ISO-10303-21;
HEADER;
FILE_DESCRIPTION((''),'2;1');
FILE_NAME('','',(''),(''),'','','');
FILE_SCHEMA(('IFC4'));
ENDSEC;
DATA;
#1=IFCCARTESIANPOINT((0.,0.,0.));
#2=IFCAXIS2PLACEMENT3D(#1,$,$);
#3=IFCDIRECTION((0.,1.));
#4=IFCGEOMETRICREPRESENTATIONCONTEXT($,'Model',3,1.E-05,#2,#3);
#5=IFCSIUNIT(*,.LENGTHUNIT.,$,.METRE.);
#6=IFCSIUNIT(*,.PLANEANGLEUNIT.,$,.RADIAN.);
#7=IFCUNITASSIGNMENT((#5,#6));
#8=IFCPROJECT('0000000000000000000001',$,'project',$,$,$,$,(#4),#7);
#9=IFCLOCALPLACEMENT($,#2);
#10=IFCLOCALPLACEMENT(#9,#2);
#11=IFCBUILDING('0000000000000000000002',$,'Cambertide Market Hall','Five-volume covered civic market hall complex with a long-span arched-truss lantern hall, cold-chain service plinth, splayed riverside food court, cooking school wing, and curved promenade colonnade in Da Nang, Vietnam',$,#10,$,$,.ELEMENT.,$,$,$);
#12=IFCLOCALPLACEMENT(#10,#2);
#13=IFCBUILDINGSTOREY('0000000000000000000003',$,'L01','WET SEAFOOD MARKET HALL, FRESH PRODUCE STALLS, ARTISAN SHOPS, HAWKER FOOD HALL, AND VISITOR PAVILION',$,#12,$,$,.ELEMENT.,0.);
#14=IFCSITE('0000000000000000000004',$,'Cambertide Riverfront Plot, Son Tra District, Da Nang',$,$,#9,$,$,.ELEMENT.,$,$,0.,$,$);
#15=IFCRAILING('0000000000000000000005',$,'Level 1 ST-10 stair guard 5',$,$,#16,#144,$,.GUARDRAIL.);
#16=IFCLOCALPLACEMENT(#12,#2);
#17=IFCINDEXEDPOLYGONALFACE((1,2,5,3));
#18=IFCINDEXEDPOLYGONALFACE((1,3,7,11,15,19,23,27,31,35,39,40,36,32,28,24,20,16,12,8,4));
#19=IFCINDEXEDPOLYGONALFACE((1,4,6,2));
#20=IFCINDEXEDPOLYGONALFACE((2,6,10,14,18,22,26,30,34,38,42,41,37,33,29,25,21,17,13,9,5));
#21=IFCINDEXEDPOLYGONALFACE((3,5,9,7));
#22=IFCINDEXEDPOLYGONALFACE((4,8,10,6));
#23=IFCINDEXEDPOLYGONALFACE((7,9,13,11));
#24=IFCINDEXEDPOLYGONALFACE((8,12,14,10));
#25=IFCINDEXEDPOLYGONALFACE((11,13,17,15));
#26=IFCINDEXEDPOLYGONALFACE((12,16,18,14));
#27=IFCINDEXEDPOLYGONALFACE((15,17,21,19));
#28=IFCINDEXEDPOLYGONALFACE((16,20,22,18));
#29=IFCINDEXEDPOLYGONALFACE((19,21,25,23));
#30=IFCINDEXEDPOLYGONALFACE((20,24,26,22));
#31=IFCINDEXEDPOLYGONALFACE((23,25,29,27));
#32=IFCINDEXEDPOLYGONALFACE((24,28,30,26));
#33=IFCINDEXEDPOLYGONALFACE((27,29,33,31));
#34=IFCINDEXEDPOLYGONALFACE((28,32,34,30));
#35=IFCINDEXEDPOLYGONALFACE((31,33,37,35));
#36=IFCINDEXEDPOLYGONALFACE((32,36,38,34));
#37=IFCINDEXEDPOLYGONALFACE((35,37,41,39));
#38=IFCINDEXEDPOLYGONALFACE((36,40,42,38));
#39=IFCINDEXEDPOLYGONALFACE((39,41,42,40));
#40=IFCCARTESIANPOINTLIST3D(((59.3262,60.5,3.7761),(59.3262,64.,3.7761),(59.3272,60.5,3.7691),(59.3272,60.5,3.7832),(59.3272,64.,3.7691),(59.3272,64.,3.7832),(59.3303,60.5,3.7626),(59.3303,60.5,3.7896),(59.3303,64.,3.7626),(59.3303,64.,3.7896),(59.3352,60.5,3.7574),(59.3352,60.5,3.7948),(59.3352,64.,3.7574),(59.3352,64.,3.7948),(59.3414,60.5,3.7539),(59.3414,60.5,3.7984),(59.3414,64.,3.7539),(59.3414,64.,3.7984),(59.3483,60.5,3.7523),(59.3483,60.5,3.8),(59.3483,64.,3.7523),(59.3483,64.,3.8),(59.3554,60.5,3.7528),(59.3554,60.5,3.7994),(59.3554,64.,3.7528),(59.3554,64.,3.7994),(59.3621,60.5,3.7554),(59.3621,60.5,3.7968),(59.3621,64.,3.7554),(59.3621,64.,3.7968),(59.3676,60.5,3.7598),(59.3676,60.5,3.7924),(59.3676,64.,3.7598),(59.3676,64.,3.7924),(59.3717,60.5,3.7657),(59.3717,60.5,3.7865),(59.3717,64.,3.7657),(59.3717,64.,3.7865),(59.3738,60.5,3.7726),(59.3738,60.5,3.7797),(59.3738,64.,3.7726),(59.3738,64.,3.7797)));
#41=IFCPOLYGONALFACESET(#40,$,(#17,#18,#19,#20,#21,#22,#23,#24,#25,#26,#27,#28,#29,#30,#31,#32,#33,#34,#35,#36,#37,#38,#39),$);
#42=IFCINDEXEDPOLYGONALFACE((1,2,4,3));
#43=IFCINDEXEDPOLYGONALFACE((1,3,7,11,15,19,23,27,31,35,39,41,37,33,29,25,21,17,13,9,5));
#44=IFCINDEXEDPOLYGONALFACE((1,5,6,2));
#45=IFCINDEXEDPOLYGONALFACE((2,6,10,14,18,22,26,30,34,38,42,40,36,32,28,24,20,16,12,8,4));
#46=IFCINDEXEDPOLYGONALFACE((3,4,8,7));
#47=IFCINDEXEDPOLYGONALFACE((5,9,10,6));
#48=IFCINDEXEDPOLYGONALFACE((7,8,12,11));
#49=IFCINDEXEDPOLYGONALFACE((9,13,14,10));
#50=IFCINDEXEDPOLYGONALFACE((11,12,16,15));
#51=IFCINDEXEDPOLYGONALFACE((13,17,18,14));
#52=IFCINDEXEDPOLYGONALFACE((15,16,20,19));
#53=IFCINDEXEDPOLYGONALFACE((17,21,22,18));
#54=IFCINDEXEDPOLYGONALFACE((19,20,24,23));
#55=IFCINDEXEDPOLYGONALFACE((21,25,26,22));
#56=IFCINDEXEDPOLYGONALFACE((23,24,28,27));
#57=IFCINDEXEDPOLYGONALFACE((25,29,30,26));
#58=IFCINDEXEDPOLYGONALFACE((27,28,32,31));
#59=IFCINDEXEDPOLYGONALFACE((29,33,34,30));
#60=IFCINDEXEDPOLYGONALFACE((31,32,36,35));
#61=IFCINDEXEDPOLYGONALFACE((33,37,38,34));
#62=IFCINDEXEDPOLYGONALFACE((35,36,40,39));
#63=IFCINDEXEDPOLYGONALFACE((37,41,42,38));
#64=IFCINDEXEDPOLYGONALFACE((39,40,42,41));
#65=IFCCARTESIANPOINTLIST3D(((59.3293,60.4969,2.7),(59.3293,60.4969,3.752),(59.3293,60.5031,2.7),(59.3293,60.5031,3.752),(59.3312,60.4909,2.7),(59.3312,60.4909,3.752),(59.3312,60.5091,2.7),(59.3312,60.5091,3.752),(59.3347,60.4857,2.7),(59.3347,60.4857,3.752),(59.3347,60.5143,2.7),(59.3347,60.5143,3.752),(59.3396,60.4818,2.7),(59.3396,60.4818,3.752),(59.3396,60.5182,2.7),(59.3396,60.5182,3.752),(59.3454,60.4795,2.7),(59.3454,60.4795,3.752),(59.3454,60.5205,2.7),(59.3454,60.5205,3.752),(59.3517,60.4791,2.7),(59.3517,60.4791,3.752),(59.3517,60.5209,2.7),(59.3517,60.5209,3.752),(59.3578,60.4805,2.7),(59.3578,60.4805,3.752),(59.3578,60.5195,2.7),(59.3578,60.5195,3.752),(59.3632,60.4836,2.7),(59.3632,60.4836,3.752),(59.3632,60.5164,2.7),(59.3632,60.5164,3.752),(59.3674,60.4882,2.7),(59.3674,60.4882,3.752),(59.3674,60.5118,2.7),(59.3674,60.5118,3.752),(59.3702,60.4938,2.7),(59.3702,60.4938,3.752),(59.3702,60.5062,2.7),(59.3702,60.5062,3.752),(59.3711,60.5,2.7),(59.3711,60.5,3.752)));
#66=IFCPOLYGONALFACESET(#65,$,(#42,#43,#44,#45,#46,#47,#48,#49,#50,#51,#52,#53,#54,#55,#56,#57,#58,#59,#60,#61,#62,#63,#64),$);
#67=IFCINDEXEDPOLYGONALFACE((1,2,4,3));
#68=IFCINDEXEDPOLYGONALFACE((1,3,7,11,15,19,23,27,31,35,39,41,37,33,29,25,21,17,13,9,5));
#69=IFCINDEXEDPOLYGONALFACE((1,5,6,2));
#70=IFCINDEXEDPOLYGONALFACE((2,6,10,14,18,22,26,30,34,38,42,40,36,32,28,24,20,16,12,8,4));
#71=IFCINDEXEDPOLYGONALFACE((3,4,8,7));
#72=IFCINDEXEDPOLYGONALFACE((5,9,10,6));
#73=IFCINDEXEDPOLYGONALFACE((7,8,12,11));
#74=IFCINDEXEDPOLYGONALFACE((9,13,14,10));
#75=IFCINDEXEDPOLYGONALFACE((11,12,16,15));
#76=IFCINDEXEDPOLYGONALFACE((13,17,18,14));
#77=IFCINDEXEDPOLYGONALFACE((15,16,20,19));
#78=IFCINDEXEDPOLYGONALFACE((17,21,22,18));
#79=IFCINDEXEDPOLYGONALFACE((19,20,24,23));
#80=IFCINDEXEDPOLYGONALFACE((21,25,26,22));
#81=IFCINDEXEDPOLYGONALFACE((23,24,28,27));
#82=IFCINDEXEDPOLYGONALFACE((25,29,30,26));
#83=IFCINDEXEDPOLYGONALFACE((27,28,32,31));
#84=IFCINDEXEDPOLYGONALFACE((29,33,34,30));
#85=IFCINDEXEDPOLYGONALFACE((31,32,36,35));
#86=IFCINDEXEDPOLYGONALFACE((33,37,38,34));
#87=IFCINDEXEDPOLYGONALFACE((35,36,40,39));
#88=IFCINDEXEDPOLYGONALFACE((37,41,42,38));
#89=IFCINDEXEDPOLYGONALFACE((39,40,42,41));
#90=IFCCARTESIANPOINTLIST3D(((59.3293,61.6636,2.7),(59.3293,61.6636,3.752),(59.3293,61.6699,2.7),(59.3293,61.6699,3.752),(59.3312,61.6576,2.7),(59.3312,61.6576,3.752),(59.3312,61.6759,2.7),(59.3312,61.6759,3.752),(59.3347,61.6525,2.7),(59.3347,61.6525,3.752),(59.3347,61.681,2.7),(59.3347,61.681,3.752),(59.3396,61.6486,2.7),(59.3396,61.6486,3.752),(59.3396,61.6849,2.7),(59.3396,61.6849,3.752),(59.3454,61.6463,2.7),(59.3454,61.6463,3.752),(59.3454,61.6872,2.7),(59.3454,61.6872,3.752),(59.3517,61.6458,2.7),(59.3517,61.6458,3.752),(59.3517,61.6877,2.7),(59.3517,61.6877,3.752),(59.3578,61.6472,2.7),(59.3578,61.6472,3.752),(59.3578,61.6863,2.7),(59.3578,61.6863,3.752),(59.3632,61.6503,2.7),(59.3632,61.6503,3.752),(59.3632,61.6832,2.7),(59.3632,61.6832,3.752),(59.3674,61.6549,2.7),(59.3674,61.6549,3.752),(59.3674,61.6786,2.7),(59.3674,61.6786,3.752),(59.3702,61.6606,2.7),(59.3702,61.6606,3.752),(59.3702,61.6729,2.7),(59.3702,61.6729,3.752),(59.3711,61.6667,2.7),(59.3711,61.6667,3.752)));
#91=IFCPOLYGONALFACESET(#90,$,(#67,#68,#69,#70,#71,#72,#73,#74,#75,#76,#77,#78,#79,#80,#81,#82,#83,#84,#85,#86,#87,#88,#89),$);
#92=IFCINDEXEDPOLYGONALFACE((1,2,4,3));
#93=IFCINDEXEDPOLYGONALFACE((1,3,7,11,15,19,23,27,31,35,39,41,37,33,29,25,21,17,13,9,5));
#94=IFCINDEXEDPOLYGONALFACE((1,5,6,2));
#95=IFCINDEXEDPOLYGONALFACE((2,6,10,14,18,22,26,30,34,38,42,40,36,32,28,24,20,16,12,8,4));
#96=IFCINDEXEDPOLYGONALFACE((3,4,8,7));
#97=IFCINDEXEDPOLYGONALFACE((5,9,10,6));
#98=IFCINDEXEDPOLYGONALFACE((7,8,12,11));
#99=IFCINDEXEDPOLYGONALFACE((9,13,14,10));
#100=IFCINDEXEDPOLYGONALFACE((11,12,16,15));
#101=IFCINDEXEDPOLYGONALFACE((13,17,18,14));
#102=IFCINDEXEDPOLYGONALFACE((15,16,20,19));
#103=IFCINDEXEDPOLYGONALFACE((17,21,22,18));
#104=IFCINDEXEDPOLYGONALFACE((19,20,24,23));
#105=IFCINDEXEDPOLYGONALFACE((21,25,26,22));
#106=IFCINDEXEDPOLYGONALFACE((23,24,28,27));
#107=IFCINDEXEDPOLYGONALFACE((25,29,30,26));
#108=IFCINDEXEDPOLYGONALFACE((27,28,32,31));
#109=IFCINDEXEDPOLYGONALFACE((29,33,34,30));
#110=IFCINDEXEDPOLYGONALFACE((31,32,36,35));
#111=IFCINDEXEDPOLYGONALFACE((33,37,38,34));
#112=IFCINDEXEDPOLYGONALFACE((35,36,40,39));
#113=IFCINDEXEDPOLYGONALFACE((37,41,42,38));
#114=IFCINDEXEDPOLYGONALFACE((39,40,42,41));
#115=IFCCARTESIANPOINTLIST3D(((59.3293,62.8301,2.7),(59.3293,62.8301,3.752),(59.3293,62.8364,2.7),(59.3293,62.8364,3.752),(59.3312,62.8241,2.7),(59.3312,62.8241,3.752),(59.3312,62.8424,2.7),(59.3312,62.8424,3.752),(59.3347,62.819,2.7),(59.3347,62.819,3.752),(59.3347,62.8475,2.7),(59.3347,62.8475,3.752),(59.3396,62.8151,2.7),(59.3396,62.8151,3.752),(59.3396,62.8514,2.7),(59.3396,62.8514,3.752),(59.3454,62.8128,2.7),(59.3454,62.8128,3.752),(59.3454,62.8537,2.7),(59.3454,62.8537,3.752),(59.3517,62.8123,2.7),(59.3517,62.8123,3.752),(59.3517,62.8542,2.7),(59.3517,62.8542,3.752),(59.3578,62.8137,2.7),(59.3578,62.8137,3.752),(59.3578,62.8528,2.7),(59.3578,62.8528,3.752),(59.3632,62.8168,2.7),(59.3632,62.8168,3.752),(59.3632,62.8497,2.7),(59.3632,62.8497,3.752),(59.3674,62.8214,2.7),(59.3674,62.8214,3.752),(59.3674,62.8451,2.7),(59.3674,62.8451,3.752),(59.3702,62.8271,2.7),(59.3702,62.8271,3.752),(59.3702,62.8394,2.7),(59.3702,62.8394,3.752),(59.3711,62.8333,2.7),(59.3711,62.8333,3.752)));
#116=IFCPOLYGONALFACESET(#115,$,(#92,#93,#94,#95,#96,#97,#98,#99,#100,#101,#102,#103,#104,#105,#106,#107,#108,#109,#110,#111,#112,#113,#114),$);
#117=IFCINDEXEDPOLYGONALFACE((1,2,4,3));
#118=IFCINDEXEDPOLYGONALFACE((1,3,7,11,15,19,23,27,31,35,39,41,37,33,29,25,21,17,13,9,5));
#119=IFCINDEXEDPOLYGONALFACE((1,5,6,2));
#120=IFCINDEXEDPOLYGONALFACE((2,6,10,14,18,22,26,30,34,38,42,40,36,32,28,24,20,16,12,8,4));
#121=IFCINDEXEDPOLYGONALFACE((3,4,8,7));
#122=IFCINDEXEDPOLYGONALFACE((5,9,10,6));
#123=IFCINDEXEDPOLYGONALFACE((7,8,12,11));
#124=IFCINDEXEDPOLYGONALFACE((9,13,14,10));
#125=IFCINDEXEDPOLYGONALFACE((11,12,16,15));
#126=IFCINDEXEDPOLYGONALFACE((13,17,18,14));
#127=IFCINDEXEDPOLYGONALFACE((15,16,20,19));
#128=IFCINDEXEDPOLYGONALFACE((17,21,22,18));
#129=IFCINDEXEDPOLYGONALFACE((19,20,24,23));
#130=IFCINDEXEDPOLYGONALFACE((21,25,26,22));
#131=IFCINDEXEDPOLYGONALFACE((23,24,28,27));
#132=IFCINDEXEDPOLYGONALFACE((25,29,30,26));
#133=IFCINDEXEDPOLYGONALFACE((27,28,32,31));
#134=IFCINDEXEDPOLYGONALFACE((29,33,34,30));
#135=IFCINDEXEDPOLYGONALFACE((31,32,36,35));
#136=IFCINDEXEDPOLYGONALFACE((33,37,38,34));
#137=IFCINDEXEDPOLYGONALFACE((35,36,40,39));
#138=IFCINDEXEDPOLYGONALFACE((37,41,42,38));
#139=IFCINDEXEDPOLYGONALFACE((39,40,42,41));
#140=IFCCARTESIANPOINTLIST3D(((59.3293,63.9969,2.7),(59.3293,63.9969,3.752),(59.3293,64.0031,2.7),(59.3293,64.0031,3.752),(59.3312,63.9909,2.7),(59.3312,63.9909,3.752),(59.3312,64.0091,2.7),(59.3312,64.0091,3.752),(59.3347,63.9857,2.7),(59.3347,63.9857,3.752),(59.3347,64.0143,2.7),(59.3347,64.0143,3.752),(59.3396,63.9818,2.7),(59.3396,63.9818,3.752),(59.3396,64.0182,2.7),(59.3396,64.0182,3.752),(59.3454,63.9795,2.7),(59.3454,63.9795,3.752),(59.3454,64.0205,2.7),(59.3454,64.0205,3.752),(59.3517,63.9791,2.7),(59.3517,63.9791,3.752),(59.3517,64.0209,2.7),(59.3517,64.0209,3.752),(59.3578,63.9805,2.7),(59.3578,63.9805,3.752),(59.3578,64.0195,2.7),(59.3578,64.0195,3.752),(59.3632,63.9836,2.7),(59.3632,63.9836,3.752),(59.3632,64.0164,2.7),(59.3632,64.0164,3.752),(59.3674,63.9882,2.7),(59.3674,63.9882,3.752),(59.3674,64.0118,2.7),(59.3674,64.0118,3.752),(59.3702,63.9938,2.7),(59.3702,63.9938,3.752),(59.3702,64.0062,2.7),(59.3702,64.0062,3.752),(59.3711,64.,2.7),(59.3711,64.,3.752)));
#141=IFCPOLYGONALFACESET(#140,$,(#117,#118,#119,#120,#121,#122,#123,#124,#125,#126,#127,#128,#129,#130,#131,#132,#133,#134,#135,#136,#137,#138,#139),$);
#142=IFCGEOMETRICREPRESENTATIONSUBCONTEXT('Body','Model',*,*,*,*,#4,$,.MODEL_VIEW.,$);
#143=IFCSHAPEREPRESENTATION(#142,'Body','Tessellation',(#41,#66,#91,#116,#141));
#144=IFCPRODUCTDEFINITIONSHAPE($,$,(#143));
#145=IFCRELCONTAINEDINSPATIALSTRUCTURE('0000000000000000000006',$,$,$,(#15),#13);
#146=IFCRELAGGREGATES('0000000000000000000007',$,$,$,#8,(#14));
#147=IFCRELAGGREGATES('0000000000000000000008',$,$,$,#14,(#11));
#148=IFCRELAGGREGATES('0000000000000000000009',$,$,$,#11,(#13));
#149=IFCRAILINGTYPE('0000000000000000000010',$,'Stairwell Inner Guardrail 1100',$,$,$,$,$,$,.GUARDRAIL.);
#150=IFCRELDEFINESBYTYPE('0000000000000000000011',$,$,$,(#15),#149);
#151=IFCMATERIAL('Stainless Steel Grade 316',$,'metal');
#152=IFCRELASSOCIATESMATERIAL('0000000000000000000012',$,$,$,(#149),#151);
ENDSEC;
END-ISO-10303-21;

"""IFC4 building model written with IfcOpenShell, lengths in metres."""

from ifc_helpers import new_model, si_unit, direction, frame, origin, origin_2d, place, context, subcontext, project, spatial, circle, extrude, material, type_object, element, save


model = new_model("IFC4")

# Units and contexts
model_context = context("Model", 3, precision=1e-05, world=origin(), true_north=direction((0.0, 1.0)))
body_context = subcontext(model_context, "Body", "Model", "MODEL_VIEW")
ifc_project = project(units=[si_unit("LENGTHUNIT", "METRE"), si_unit("PLANEANGLEUNIT", "RADIAN")], contexts=[model_context])

# Site, building, storey
site_placement = place(None, origin())
site = spatial("IfcSite", under=ifc_project, at=site_placement, Name="Cambertide Riverfront Plot, Son Tra District, Da Nang", CompositionType="ELEMENT", RefElevation=0.0)
building_placement = place(site_placement, origin())
building = spatial("IfcBuilding", under=site, at=building_placement, Name="Cambertide Market Hall", Description="Five-volume covered civic market hall complex with a long-span arched-truss lantern hall, cold-chain service plinth, splayed riverside food court, cooking school wing, and curved promenade colonnade in Da Nang, Vietnam", CompositionType="ELEMENT")
storey_placement = place(building_placement, origin())
storey = spatial("IfcBuildingStorey", under=building, at=storey_placement, Name="L01", Description="WET SEAFOOD MARKET HALL, FRESH PRODUCE STALLS, ARTISAN SHOPS, HAWKER FOOD HALL, AND VISITOR PAVILION", CompositionType="ELEMENT", Elevation=0.0)

# Railing
ifc_material_1 = material(Name="Stainless Steel Grade 316", Category="metal")
railing_type_1 = type_object("IfcRailingType", Name="Stairwell Inner Guardrail 1100", PredefinedType="GUARDRAIL", material=ifc_material_1)
railing_1_placement = place(storey_placement, frame((59.3501, 60.5, 2.7)))
element("IfcRailing", 1, at=railing_1_placement, inside=storey, type_object=railing_type_1, Name="Level 1 ST-10 stair guard 5", PredefinedType="GUARDRAIL", context=body_context, shape_type="SweptSolid", body=[
    extrude(circle(Radius=0.0239, at=origin_2d()), frame((0.0, 0.0, 1.0762), z_axis=(0.0, 1.0, 0.0), x_axis=(-1.0, 0.0, 0.0)), (0.0, 0.0, 1.0), 3.5),
    extrude(circle(Radius=0.021, at=origin_2d()), origin(), (0.0, 0.0, 1.0), 1.052),
    extrude(circle(Radius=0.021, at=origin_2d()), frame((0.0, 1.1667, 0.0)), (0.0, 0.0, 1.0), 1.052),
    extrude(circle(Radius=0.021, at=origin_2d()), frame((0.0, 2.3333, 0.0)), (0.0, 0.0, 1.0), 1.052),
    extrude(circle(Radius=0.021, at=origin_2d()), frame((0.0, 3.5, 0.0)), (0.0, 0.0, 1.0), 1.052),
])

save(model, "model.ifc")
